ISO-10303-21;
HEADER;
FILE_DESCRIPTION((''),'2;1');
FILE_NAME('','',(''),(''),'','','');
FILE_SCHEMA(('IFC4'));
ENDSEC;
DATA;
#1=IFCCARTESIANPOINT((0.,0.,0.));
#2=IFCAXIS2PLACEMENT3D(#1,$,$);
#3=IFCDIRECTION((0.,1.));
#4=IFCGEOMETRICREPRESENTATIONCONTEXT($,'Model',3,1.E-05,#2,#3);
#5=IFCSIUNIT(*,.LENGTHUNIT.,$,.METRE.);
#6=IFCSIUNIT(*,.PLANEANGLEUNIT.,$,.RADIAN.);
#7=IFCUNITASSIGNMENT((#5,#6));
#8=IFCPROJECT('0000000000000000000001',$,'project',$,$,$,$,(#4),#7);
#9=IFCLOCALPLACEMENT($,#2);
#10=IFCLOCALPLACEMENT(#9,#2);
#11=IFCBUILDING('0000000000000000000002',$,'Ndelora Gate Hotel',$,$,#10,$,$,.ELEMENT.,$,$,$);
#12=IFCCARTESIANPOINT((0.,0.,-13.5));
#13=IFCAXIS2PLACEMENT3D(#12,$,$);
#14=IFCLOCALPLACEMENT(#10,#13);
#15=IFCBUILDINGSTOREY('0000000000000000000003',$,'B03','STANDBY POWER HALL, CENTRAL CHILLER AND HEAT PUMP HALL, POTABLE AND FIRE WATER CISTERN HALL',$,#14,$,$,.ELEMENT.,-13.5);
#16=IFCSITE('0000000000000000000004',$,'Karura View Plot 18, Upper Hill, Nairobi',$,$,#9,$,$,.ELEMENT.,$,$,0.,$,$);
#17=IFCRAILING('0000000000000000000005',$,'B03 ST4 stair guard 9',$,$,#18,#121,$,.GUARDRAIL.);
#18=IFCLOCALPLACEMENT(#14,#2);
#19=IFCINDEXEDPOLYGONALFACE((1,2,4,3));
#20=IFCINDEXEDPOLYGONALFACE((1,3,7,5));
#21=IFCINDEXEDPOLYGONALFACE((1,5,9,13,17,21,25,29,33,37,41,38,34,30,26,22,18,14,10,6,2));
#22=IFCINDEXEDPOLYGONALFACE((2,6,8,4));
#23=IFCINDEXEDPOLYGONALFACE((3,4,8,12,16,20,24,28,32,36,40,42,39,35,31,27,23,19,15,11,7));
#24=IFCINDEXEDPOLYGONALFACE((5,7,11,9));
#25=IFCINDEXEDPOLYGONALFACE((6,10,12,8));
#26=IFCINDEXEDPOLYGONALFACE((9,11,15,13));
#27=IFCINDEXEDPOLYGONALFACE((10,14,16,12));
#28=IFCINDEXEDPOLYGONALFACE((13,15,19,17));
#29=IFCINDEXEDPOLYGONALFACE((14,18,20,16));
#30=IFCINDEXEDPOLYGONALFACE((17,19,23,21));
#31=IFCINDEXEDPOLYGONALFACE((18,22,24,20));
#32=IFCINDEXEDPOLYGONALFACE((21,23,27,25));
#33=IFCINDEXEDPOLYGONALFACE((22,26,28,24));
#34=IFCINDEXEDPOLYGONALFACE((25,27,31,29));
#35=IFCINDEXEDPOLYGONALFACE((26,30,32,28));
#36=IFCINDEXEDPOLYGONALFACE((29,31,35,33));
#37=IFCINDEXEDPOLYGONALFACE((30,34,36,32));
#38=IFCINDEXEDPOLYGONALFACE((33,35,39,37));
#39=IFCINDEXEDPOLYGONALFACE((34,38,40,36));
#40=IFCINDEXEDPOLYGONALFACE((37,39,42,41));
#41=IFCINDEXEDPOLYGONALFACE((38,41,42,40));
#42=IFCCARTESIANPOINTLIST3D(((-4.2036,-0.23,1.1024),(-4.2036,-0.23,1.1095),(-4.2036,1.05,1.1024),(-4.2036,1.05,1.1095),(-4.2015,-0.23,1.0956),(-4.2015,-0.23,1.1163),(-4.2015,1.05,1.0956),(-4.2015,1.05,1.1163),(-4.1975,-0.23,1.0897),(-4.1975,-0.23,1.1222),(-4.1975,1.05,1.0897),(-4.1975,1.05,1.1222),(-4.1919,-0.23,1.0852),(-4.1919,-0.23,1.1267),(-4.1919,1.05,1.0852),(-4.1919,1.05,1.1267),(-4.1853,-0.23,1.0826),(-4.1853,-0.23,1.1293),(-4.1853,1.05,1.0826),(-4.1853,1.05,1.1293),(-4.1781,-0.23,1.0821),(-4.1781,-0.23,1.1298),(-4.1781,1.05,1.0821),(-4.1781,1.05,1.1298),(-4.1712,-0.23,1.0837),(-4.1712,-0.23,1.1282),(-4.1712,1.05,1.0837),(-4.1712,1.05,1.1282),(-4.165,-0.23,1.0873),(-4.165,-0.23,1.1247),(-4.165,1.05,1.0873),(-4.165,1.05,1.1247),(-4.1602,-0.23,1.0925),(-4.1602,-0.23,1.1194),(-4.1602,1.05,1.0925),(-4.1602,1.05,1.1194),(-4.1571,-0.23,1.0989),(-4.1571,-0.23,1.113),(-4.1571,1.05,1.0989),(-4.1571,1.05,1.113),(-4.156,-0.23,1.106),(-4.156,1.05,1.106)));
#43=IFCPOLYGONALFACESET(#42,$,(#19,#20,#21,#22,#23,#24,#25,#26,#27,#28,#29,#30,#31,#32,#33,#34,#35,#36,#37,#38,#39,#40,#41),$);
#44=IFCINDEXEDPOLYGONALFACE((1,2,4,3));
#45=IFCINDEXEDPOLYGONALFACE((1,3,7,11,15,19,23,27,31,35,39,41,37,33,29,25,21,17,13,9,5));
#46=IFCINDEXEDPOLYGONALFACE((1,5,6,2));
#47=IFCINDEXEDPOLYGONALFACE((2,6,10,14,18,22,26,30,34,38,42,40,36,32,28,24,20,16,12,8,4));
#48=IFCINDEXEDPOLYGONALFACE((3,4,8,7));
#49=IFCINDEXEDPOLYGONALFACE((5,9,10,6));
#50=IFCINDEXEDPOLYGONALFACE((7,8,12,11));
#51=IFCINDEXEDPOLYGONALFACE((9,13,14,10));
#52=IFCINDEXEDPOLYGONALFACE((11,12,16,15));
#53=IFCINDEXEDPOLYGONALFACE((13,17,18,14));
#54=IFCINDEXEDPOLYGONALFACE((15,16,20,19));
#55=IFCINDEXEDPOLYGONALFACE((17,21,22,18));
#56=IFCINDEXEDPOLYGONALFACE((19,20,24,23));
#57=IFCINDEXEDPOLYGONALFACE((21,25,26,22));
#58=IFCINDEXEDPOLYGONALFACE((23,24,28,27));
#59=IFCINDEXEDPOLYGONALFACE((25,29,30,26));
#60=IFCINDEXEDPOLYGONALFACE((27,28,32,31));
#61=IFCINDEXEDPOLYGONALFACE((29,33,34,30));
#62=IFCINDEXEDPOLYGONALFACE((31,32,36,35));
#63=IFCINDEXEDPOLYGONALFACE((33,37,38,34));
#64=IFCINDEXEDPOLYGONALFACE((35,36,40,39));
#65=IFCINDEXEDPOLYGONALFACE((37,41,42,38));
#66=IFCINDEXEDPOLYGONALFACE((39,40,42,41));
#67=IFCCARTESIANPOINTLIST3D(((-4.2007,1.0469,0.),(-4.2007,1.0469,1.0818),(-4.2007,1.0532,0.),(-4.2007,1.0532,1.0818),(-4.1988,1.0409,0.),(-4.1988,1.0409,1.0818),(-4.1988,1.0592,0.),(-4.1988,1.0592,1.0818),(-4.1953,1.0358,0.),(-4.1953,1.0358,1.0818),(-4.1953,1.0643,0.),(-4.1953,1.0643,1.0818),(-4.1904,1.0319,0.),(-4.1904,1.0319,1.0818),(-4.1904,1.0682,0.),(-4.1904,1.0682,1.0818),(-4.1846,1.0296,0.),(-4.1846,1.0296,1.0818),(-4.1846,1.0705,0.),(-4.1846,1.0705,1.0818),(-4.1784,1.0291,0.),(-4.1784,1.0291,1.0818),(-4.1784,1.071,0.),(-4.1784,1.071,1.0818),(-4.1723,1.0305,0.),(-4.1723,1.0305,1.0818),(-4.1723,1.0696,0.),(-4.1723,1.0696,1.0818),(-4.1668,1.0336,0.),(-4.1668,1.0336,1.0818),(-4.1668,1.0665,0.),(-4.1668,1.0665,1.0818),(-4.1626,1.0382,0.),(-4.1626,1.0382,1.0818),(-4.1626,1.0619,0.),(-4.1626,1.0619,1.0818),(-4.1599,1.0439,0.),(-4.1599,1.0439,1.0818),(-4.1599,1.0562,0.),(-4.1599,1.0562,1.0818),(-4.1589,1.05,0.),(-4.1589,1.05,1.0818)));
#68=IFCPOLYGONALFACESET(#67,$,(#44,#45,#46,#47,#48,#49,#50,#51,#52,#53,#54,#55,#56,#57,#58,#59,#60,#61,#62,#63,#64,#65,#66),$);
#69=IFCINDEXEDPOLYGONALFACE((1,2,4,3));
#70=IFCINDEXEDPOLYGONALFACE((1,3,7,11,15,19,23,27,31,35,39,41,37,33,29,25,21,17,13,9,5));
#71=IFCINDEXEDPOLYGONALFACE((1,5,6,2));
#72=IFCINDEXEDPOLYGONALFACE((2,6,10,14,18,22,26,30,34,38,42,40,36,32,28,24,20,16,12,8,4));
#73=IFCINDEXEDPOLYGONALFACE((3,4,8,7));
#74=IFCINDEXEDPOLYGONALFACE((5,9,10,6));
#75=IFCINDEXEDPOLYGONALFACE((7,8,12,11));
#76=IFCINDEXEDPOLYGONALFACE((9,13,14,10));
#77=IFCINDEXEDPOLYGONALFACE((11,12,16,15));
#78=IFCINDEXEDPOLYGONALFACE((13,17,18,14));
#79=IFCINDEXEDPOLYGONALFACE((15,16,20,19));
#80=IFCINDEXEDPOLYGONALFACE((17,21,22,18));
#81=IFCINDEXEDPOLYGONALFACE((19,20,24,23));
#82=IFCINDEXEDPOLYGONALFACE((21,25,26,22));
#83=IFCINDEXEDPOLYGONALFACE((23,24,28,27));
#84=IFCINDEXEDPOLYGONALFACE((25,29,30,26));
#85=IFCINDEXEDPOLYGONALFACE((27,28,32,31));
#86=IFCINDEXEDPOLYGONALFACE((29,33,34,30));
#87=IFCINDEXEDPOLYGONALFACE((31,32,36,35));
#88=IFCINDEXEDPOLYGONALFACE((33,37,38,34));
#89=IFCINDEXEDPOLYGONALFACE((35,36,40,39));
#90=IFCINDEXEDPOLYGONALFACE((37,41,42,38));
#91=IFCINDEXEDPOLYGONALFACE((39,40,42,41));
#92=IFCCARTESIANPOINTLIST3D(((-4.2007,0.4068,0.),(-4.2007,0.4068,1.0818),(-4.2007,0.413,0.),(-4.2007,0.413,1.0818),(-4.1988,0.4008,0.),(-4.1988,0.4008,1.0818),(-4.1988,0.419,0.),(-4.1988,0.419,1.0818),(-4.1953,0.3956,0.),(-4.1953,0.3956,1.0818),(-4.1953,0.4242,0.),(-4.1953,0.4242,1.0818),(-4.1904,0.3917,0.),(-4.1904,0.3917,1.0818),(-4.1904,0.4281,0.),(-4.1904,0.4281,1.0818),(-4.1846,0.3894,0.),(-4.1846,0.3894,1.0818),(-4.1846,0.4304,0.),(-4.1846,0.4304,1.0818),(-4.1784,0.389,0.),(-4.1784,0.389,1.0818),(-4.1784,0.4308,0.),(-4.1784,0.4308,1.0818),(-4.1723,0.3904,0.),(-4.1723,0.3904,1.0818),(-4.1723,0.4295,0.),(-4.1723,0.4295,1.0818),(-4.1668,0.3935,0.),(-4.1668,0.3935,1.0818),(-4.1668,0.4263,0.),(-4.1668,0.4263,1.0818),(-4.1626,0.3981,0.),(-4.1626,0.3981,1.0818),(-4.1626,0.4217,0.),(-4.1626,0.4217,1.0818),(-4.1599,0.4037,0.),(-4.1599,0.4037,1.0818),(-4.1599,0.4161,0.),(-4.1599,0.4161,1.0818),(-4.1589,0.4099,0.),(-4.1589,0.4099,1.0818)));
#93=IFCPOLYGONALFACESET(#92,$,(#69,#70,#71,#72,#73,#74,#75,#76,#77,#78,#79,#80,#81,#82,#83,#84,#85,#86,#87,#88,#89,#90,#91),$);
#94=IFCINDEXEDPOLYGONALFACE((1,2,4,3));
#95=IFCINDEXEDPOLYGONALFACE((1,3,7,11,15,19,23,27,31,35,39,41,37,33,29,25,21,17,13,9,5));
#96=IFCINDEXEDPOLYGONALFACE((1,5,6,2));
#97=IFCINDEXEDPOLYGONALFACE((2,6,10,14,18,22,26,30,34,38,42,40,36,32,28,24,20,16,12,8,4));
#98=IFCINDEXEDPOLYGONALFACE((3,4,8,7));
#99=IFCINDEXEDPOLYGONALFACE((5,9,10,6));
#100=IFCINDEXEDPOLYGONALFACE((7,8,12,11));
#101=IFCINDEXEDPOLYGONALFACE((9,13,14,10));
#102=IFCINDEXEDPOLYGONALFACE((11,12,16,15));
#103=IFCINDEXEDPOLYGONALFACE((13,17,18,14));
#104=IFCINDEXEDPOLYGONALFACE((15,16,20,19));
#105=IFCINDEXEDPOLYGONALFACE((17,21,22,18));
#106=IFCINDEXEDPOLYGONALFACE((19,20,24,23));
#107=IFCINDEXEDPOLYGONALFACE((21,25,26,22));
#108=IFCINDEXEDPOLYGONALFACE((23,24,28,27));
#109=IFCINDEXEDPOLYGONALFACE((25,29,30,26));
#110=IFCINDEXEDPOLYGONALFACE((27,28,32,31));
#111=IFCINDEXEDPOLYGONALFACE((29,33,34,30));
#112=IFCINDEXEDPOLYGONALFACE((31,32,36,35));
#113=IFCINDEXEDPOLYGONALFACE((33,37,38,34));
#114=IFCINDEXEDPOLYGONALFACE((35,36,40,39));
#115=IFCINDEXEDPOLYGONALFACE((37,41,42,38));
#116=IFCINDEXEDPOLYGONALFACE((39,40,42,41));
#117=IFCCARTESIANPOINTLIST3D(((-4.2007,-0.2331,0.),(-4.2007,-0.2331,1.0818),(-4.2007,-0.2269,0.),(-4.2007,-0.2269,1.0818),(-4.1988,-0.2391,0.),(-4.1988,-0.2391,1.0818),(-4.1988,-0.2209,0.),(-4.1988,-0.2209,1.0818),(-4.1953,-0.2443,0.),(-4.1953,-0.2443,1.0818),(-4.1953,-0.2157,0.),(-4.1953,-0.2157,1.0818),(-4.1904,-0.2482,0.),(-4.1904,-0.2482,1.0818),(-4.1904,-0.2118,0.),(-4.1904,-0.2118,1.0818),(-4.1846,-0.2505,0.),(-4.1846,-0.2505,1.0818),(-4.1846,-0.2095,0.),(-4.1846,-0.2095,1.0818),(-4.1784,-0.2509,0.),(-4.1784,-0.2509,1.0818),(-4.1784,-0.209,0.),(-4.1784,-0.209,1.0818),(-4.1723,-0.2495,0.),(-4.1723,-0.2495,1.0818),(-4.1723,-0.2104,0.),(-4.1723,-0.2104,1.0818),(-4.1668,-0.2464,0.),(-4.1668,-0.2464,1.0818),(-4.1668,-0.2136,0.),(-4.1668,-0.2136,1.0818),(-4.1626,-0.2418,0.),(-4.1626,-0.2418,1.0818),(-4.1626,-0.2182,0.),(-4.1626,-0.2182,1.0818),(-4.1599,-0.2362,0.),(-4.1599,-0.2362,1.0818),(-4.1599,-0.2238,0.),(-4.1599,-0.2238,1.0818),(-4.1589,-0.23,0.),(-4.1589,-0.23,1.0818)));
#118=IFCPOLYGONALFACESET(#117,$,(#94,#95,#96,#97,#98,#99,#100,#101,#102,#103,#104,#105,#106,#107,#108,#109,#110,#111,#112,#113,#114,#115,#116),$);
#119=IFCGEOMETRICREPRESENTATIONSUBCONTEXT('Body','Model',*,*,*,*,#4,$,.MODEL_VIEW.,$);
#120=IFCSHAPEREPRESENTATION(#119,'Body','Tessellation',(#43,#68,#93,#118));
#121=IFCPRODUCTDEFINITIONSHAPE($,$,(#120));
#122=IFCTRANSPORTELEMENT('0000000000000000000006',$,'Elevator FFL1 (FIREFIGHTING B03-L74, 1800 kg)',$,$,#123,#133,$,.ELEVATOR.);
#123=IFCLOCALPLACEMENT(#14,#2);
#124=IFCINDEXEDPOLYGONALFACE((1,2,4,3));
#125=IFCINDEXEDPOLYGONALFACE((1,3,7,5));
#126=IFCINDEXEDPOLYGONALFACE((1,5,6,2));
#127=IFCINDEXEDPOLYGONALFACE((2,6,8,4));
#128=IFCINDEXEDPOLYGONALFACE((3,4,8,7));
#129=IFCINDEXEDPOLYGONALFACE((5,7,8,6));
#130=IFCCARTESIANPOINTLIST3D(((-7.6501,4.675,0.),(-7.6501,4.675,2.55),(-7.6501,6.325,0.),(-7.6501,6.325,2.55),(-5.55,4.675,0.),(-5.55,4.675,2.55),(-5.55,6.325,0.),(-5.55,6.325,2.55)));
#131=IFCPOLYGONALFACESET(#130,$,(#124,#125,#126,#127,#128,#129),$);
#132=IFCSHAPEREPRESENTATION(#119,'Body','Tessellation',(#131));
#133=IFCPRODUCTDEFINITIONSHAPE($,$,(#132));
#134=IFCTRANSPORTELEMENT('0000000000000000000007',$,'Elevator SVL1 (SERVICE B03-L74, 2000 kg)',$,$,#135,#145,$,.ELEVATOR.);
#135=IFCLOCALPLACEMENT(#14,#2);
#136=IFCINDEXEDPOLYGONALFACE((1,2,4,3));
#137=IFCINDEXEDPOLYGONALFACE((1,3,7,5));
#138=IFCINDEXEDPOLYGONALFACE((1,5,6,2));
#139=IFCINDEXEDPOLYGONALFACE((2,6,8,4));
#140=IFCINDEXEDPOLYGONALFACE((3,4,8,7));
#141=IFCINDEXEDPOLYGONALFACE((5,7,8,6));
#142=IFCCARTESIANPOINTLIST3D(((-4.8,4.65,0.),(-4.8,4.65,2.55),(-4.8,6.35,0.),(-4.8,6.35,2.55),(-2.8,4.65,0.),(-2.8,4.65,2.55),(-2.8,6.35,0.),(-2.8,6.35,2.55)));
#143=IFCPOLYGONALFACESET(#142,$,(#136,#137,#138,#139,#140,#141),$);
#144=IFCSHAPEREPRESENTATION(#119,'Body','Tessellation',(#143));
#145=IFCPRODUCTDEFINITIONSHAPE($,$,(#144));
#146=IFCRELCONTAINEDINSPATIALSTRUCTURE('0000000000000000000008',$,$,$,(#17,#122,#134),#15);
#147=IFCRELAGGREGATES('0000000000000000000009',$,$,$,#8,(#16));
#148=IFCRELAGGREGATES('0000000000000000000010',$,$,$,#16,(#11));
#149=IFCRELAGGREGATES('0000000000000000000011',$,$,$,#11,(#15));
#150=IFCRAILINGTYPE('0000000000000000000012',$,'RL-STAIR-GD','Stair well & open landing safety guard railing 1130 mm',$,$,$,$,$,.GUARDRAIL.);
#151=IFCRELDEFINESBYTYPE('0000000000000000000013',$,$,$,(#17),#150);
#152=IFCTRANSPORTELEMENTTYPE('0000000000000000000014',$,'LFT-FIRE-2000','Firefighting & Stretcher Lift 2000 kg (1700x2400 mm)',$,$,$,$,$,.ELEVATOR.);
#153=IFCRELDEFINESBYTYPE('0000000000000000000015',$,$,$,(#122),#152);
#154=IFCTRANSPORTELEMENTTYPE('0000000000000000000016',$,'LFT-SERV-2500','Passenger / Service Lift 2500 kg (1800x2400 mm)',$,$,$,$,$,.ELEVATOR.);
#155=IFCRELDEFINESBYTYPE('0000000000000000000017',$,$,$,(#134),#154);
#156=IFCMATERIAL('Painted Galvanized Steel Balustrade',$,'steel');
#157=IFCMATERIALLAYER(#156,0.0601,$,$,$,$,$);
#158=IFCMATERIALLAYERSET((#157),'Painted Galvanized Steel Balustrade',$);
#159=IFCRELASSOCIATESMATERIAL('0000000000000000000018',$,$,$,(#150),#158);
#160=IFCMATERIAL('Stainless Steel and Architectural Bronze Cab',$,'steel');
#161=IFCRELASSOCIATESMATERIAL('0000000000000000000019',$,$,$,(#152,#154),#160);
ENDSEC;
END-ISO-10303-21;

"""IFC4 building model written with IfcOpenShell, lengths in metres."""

from ifc_helpers import new_model, si_unit, direction, frame, origin, origin_2d, place, context, subcontext, project, spatial, rectangle, circle, extrude, material, layer, layer_set, type_object, element, save


model = new_model("IFC4")

# Units and contexts
model_context = context("Model", 3, precision=1e-05, world=origin(), true_north=direction((0.0, 1.0)))
body_context = subcontext(model_context, "Body", "Model", "MODEL_VIEW")
ifc_project = project(units=[si_unit("LENGTHUNIT", "METRE"), si_unit("PLANEANGLEUNIT", "RADIAN")], contexts=[model_context])

# Site, building, storey
site_placement = place(None, origin())
site = spatial("IfcSite", under=ifc_project, at=site_placement, Name="Karura View Plot 18, Upper Hill, Nairobi", CompositionType="ELEMENT", RefElevation=0.0)
building_placement = place(site_placement, origin())
building = spatial("IfcBuilding", under=site, at=building_placement, Name="Ndelora Gate Hotel", CompositionType="ELEMENT")
storey_placement = place(building_placement, frame((0.0, 0.0, -13.5)))
storey = spatial("IfcBuildingStorey", under=building, at=storey_placement, Name="B03", Description="STANDBY POWER HALL, CENTRAL CHILLER AND HEAT PUMP HALL, POTABLE AND FIRE WATER CISTERN HALL", CompositionType="ELEMENT", Elevation=-13.5)

# Railing
ifc_material_1 = material(Name="Painted Galvanized Steel Balustrade", Category="steel")
ifc_layer_1 = layer(ifc_material_1, 0.0601)
ifc_layer_set_1 = layer_set([ifc_layer_1], Name="Painted Galvanized Steel Balustrade")
railing_type = type_object("IfcRailingType", Name="RL-STAIR-GD", Description="Stair well & open landing safety guard railing 1130 mm", PredefinedType="GUARDRAIL", material=ifc_layer_set_1)
for number, where, name in (
    (1, (-4.1799, 1.05, 0.0), "B03 ST4 stair guard 9"),
):
    element("IfcRailing", number, at=place(storey_placement, frame(where)), inside=storey, type_object=railing_type, Name=name, PredefinedType="GUARDRAIL", context=body_context, shape_type="SweptSolid", body=[
        extrude(circle(Radius=0.0239, at=origin_2d()), frame((0.0, 0.0, 1.106), z_axis=(0.0, -1.0, 0.0), x_axis=(1.0, 0.0, 0.0)), (0.0, 0.0, 1.0), 1.28),
        extrude(circle(Radius=0.021, at=origin_2d()), origin(), (0.0, 0.0, 1.0), 1.0818),
        extrude(circle(Radius=0.021, at=origin_2d()), frame((0.0, -0.6401, 0.0)), (0.0, 0.0, 1.0), 1.0818),
        extrude(circle(Radius=0.021, at=origin_2d()), frame((0.0, -1.28, 0.0)), (0.0, 0.0, 1.0), 1.0818),
    ])

# Transport elements
ifc_material_2 = material(Name="Stainless Steel and Architectural Bronze Cab", Category="steel")
transport_element_type_1 = type_object("IfcTransportElementType", Name="LFT-FIRE-2000", Description="Firefighting & Stretcher Lift 2000 kg (1700x2400 mm)", PredefinedType="ELEVATOR", material=ifc_material_2)
transport_element_1_placement = place(storey_placement, frame((-6.6001, 5.5, 0.0), z_axis=(0.0, 0.0, 1.0), x_axis=(1.0, 0.0, 0.0)))
element("IfcTransportElement", 2, at=transport_element_1_placement, inside=storey, type_object=transport_element_type_1, Name="Elevator FFL1 (FIREFIGHTING B03-L74, 1800 kg)", PredefinedType="ELEVATOR", context=body_context, shape_type="SweptSolid", body=[
    extrude(rectangle(XDim=2.1001, YDim=1.6499, at=origin_2d()), origin(), (0.0, 0.0, 1.0), 2.55),
])
transport_element_type_2 = type_object("IfcTransportElementType", Name="LFT-SERV-2500", Description="Passenger / Service Lift 2500 kg (1800x2400 mm)", PredefinedType="ELEVATOR", material=ifc_material_2)
transport_element_2_placement = place(storey_placement, frame((-3.8, 5.5, 0.0), z_axis=(0.0, 0.0, 1.0), x_axis=(1.0, 0.0, 0.0)))
element("IfcTransportElement", 3, at=transport_element_2_placement, inside=storey, type_object=transport_element_type_2, Name="Elevator SVL1 (SERVICE B03-L74, 2000 kg)", PredefinedType="ELEVATOR", context=body_context, shape_type="SweptSolid", body=[
    extrude(rectangle(XDim=2.0, YDim=1.7, at=origin_2d()), origin(), (0.0, 0.0, 1.0), 2.55),
])

save(model, "model.ifc")
